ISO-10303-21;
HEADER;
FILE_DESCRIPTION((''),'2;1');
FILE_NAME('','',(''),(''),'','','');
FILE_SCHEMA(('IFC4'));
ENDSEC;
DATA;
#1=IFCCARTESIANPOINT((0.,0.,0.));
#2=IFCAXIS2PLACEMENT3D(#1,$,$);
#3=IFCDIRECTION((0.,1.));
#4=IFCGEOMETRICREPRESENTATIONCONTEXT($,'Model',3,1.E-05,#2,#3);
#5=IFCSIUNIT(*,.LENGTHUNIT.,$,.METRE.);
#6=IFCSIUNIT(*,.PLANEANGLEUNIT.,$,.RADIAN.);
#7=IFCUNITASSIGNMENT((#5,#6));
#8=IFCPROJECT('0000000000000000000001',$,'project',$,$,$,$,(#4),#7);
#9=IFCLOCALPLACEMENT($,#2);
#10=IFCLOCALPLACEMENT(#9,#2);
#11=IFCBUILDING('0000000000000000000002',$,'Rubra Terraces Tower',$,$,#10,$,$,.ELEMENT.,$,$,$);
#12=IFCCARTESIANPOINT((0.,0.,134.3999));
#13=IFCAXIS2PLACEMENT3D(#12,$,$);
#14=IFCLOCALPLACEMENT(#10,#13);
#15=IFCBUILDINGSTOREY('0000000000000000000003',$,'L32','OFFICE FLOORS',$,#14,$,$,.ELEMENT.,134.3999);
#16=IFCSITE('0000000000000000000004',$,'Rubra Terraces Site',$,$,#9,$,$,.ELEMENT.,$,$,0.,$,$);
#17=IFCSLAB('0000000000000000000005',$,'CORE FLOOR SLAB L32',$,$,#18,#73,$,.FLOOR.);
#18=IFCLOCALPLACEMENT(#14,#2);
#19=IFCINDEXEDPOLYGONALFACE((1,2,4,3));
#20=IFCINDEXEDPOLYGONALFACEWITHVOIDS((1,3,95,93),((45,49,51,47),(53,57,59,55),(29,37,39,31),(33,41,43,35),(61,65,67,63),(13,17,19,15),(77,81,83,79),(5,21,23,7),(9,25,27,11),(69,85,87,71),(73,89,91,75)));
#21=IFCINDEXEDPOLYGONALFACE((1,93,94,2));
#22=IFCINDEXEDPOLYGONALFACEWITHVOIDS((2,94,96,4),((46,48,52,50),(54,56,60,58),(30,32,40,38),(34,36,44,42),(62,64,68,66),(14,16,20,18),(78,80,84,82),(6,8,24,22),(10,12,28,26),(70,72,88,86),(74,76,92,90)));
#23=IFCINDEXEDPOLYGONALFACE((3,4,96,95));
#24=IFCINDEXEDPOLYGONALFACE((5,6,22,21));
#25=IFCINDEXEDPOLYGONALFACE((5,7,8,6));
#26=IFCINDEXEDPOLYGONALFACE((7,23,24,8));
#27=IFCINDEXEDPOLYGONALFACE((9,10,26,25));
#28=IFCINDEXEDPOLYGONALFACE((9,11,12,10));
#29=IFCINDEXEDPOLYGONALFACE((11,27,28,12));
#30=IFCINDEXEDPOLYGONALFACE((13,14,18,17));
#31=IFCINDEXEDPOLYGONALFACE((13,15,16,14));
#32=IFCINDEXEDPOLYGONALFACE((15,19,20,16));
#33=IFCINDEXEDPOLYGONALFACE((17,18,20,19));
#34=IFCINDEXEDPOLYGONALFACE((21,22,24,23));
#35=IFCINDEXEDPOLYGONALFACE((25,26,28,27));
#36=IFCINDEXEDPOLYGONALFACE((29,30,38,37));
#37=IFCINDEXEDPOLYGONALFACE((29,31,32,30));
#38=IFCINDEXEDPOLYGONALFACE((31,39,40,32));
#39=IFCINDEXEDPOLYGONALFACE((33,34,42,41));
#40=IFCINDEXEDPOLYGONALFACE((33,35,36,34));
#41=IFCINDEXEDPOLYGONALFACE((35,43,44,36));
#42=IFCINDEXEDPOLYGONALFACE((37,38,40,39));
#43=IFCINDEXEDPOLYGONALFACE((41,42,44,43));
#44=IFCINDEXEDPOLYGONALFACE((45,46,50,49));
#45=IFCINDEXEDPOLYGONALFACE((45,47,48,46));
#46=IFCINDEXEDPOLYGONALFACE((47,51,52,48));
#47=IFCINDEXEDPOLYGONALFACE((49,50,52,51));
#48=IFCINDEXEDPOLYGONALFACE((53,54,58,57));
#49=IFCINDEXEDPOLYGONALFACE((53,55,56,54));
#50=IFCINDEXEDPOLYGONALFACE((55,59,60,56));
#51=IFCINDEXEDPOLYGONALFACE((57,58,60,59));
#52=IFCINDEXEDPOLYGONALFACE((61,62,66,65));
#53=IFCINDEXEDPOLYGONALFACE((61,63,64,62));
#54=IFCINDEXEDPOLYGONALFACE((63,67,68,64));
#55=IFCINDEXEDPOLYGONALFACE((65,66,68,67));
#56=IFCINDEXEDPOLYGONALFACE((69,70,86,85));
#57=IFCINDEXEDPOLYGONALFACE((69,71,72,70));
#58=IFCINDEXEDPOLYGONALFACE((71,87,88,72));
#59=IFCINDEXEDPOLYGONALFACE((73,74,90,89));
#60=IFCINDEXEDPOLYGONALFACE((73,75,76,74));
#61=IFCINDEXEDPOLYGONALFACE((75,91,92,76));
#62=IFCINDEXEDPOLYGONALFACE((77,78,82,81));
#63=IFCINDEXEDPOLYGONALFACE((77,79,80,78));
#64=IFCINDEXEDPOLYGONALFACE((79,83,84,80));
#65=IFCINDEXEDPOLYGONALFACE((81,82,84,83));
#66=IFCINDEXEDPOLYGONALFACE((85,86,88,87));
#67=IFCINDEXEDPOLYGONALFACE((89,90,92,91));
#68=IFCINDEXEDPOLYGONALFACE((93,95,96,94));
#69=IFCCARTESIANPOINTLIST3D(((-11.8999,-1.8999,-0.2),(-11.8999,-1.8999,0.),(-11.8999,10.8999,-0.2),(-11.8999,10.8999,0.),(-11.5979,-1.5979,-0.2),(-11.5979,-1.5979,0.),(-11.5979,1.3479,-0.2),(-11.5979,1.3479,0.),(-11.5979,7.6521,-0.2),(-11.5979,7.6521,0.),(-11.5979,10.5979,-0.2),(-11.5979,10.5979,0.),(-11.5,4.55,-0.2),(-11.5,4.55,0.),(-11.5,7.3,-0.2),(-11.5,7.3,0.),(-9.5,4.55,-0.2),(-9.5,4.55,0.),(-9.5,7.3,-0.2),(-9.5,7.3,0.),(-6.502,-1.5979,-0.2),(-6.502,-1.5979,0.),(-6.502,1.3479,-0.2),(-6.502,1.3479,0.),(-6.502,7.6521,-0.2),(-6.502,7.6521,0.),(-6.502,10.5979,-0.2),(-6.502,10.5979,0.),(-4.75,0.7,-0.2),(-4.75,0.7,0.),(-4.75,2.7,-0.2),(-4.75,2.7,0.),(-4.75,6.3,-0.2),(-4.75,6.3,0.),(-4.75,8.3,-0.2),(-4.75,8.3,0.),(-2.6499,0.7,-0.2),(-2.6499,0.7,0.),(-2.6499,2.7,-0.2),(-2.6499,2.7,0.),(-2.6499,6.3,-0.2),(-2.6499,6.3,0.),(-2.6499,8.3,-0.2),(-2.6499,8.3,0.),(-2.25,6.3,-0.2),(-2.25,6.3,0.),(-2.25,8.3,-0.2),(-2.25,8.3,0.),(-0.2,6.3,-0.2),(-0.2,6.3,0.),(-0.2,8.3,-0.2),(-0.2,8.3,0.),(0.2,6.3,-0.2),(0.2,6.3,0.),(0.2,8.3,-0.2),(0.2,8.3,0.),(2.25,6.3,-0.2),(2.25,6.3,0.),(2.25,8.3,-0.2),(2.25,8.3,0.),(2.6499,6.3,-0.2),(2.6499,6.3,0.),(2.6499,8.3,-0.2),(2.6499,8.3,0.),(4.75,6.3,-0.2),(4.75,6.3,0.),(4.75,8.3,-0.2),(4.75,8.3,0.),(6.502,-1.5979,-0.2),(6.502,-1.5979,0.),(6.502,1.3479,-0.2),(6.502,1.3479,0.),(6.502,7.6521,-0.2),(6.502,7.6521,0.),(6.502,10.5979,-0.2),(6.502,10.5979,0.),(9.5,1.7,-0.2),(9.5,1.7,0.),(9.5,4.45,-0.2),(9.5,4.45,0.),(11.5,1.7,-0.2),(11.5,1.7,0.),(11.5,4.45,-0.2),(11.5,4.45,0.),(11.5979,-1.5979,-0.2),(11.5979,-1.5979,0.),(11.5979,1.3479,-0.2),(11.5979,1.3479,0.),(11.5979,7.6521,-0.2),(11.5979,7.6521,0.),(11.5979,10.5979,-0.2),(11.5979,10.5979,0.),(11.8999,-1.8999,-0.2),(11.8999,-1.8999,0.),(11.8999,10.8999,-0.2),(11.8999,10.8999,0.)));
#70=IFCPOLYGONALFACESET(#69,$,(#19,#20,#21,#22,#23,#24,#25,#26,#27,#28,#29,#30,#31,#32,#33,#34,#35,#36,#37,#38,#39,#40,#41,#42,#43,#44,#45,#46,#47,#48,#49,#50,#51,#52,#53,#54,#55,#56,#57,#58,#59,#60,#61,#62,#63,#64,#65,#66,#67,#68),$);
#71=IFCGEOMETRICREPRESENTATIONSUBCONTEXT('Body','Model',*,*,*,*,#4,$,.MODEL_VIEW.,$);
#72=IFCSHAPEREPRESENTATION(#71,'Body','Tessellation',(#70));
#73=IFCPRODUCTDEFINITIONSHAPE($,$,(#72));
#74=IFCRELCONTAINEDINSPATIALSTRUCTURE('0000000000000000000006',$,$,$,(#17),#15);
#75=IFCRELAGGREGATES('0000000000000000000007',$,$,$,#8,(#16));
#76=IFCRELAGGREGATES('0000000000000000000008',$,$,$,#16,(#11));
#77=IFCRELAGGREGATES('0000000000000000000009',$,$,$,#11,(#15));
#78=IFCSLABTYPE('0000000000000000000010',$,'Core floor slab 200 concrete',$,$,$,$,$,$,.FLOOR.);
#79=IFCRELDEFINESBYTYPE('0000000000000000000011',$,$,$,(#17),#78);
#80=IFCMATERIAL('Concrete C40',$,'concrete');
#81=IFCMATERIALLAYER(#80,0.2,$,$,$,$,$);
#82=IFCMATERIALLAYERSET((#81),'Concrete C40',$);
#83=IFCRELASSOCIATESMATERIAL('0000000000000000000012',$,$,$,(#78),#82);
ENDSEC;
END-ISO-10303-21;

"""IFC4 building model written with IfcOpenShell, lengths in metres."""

from ifc_helpers import new_model, si_unit, direction, frame, origin, place, context, subcontext, project, spatial, polyline, outline, extrude, material, layer, layer_set, type_object, element, save


model = new_model("IFC4")

# Units and contexts
model_context = context("Model", 3, precision=1e-05, world=origin(), true_north=direction((0.0, 1.0)))
body_context = subcontext(model_context, "Body", "Model", "MODEL_VIEW")
ifc_project = project(units=[si_unit("LENGTHUNIT", "METRE"), si_unit("PLANEANGLEUNIT", "RADIAN")], contexts=[model_context])

# Site, building, storey
site_placement = place(None, origin())
site = spatial("IfcSite", under=ifc_project, at=site_placement, Name="Rubra Terraces Site", CompositionType="ELEMENT", RefElevation=0.0)
building_placement = place(site_placement, origin())
building = spatial("IfcBuilding", under=site, at=building_placement, Name="Rubra Terraces Tower", CompositionType="ELEMENT")
storey_placement = place(building_placement, frame((0.0, 0.0, 134.3999)))
storey = spatial("IfcBuildingStorey", under=building, at=storey_placement, Name="L32", Description="OFFICE FLOORS", CompositionType="ELEMENT", Elevation=134.3999)

# Slab
ifc_material_1 = material(Name="Concrete C40", Category="concrete")
ifc_layer_1 = layer(ifc_material_1, 0.2)
ifc_layer_set_1 = layer_set([ifc_layer_1], Name="Concrete C40")
slab_type_1 = type_object("IfcSlabType", Name="Core floor slab 200 concrete", PredefinedType="FLOOR", material=ifc_layer_set_1)
slab_1_placement = place(storey_placement, frame((0.0, 0.0, -0.2)))
element("IfcSlab", 1, at=slab_1_placement, inside=storey, type_object=slab_type_1, Name="CORE FLOOR SLAB L32", PredefinedType="FLOOR", context=body_context, shape_type="SweptSolid", body=[
    extrude(outline(polyline([(-11.8999, -1.8999), (-11.8999, 10.8999), (11.8999, 10.8999), (11.8999, -1.8999), (-11.8999, -1.8999)]), holes=[polyline([(11.5979, -1.5979), (11.5979, 1.3479), (6.502, 1.3479), (6.502, -1.5979), (11.5979, -1.5979)]), polyline([(11.5979, 7.6521), (11.5979, 10.5979), (6.502, 10.5979), (6.502, 7.6521), (11.5979, 7.6521)]), polyline([(9.5, 1.7), (11.5, 1.7), (11.5, 4.45), (9.5, 4.45), (9.5, 1.7)]), polyline([(4.75, 6.3), (4.75, 8.3), (2.6499, 8.3), (2.6499, 6.3), (4.75, 6.3)]), polyline([(2.25, 8.3), (0.2, 8.3), (0.2, 6.3), (2.25, 6.3), (2.25, 8.3)]), polyline([(-0.2, 6.3), (-0.2, 8.3), (-2.25, 8.3), (-2.25, 6.3), (-0.2, 6.3)]), polyline([(-2.6499, 2.7), (-4.75, 2.7), (-4.75, 0.7), (-2.6499, 0.7), (-2.6499, 2.7)]), polyline([(-2.6499, 8.3), (-4.75, 8.3), (-4.75, 6.3), (-2.6499, 6.3), (-2.6499, 8.3)]), polyline([(-11.5979, -1.5979), (-6.502, -1.5979), (-6.502, 1.3479), (-11.5979, 1.3479), (-11.5979, -1.5979)]), polyline([(-11.5979, 7.6521), (-6.502, 7.6521), (-6.502, 10.5979), (-11.5979, 10.5979), (-11.5979, 7.6521)]), polyline([(-9.5, 7.3), (-11.5, 7.3), (-11.5, 4.55), (-9.5, 4.55), (-9.5, 7.3)])]), origin(), (0.0, 0.0, 1.0), 0.2),
])

save(model, "model.ifc")
